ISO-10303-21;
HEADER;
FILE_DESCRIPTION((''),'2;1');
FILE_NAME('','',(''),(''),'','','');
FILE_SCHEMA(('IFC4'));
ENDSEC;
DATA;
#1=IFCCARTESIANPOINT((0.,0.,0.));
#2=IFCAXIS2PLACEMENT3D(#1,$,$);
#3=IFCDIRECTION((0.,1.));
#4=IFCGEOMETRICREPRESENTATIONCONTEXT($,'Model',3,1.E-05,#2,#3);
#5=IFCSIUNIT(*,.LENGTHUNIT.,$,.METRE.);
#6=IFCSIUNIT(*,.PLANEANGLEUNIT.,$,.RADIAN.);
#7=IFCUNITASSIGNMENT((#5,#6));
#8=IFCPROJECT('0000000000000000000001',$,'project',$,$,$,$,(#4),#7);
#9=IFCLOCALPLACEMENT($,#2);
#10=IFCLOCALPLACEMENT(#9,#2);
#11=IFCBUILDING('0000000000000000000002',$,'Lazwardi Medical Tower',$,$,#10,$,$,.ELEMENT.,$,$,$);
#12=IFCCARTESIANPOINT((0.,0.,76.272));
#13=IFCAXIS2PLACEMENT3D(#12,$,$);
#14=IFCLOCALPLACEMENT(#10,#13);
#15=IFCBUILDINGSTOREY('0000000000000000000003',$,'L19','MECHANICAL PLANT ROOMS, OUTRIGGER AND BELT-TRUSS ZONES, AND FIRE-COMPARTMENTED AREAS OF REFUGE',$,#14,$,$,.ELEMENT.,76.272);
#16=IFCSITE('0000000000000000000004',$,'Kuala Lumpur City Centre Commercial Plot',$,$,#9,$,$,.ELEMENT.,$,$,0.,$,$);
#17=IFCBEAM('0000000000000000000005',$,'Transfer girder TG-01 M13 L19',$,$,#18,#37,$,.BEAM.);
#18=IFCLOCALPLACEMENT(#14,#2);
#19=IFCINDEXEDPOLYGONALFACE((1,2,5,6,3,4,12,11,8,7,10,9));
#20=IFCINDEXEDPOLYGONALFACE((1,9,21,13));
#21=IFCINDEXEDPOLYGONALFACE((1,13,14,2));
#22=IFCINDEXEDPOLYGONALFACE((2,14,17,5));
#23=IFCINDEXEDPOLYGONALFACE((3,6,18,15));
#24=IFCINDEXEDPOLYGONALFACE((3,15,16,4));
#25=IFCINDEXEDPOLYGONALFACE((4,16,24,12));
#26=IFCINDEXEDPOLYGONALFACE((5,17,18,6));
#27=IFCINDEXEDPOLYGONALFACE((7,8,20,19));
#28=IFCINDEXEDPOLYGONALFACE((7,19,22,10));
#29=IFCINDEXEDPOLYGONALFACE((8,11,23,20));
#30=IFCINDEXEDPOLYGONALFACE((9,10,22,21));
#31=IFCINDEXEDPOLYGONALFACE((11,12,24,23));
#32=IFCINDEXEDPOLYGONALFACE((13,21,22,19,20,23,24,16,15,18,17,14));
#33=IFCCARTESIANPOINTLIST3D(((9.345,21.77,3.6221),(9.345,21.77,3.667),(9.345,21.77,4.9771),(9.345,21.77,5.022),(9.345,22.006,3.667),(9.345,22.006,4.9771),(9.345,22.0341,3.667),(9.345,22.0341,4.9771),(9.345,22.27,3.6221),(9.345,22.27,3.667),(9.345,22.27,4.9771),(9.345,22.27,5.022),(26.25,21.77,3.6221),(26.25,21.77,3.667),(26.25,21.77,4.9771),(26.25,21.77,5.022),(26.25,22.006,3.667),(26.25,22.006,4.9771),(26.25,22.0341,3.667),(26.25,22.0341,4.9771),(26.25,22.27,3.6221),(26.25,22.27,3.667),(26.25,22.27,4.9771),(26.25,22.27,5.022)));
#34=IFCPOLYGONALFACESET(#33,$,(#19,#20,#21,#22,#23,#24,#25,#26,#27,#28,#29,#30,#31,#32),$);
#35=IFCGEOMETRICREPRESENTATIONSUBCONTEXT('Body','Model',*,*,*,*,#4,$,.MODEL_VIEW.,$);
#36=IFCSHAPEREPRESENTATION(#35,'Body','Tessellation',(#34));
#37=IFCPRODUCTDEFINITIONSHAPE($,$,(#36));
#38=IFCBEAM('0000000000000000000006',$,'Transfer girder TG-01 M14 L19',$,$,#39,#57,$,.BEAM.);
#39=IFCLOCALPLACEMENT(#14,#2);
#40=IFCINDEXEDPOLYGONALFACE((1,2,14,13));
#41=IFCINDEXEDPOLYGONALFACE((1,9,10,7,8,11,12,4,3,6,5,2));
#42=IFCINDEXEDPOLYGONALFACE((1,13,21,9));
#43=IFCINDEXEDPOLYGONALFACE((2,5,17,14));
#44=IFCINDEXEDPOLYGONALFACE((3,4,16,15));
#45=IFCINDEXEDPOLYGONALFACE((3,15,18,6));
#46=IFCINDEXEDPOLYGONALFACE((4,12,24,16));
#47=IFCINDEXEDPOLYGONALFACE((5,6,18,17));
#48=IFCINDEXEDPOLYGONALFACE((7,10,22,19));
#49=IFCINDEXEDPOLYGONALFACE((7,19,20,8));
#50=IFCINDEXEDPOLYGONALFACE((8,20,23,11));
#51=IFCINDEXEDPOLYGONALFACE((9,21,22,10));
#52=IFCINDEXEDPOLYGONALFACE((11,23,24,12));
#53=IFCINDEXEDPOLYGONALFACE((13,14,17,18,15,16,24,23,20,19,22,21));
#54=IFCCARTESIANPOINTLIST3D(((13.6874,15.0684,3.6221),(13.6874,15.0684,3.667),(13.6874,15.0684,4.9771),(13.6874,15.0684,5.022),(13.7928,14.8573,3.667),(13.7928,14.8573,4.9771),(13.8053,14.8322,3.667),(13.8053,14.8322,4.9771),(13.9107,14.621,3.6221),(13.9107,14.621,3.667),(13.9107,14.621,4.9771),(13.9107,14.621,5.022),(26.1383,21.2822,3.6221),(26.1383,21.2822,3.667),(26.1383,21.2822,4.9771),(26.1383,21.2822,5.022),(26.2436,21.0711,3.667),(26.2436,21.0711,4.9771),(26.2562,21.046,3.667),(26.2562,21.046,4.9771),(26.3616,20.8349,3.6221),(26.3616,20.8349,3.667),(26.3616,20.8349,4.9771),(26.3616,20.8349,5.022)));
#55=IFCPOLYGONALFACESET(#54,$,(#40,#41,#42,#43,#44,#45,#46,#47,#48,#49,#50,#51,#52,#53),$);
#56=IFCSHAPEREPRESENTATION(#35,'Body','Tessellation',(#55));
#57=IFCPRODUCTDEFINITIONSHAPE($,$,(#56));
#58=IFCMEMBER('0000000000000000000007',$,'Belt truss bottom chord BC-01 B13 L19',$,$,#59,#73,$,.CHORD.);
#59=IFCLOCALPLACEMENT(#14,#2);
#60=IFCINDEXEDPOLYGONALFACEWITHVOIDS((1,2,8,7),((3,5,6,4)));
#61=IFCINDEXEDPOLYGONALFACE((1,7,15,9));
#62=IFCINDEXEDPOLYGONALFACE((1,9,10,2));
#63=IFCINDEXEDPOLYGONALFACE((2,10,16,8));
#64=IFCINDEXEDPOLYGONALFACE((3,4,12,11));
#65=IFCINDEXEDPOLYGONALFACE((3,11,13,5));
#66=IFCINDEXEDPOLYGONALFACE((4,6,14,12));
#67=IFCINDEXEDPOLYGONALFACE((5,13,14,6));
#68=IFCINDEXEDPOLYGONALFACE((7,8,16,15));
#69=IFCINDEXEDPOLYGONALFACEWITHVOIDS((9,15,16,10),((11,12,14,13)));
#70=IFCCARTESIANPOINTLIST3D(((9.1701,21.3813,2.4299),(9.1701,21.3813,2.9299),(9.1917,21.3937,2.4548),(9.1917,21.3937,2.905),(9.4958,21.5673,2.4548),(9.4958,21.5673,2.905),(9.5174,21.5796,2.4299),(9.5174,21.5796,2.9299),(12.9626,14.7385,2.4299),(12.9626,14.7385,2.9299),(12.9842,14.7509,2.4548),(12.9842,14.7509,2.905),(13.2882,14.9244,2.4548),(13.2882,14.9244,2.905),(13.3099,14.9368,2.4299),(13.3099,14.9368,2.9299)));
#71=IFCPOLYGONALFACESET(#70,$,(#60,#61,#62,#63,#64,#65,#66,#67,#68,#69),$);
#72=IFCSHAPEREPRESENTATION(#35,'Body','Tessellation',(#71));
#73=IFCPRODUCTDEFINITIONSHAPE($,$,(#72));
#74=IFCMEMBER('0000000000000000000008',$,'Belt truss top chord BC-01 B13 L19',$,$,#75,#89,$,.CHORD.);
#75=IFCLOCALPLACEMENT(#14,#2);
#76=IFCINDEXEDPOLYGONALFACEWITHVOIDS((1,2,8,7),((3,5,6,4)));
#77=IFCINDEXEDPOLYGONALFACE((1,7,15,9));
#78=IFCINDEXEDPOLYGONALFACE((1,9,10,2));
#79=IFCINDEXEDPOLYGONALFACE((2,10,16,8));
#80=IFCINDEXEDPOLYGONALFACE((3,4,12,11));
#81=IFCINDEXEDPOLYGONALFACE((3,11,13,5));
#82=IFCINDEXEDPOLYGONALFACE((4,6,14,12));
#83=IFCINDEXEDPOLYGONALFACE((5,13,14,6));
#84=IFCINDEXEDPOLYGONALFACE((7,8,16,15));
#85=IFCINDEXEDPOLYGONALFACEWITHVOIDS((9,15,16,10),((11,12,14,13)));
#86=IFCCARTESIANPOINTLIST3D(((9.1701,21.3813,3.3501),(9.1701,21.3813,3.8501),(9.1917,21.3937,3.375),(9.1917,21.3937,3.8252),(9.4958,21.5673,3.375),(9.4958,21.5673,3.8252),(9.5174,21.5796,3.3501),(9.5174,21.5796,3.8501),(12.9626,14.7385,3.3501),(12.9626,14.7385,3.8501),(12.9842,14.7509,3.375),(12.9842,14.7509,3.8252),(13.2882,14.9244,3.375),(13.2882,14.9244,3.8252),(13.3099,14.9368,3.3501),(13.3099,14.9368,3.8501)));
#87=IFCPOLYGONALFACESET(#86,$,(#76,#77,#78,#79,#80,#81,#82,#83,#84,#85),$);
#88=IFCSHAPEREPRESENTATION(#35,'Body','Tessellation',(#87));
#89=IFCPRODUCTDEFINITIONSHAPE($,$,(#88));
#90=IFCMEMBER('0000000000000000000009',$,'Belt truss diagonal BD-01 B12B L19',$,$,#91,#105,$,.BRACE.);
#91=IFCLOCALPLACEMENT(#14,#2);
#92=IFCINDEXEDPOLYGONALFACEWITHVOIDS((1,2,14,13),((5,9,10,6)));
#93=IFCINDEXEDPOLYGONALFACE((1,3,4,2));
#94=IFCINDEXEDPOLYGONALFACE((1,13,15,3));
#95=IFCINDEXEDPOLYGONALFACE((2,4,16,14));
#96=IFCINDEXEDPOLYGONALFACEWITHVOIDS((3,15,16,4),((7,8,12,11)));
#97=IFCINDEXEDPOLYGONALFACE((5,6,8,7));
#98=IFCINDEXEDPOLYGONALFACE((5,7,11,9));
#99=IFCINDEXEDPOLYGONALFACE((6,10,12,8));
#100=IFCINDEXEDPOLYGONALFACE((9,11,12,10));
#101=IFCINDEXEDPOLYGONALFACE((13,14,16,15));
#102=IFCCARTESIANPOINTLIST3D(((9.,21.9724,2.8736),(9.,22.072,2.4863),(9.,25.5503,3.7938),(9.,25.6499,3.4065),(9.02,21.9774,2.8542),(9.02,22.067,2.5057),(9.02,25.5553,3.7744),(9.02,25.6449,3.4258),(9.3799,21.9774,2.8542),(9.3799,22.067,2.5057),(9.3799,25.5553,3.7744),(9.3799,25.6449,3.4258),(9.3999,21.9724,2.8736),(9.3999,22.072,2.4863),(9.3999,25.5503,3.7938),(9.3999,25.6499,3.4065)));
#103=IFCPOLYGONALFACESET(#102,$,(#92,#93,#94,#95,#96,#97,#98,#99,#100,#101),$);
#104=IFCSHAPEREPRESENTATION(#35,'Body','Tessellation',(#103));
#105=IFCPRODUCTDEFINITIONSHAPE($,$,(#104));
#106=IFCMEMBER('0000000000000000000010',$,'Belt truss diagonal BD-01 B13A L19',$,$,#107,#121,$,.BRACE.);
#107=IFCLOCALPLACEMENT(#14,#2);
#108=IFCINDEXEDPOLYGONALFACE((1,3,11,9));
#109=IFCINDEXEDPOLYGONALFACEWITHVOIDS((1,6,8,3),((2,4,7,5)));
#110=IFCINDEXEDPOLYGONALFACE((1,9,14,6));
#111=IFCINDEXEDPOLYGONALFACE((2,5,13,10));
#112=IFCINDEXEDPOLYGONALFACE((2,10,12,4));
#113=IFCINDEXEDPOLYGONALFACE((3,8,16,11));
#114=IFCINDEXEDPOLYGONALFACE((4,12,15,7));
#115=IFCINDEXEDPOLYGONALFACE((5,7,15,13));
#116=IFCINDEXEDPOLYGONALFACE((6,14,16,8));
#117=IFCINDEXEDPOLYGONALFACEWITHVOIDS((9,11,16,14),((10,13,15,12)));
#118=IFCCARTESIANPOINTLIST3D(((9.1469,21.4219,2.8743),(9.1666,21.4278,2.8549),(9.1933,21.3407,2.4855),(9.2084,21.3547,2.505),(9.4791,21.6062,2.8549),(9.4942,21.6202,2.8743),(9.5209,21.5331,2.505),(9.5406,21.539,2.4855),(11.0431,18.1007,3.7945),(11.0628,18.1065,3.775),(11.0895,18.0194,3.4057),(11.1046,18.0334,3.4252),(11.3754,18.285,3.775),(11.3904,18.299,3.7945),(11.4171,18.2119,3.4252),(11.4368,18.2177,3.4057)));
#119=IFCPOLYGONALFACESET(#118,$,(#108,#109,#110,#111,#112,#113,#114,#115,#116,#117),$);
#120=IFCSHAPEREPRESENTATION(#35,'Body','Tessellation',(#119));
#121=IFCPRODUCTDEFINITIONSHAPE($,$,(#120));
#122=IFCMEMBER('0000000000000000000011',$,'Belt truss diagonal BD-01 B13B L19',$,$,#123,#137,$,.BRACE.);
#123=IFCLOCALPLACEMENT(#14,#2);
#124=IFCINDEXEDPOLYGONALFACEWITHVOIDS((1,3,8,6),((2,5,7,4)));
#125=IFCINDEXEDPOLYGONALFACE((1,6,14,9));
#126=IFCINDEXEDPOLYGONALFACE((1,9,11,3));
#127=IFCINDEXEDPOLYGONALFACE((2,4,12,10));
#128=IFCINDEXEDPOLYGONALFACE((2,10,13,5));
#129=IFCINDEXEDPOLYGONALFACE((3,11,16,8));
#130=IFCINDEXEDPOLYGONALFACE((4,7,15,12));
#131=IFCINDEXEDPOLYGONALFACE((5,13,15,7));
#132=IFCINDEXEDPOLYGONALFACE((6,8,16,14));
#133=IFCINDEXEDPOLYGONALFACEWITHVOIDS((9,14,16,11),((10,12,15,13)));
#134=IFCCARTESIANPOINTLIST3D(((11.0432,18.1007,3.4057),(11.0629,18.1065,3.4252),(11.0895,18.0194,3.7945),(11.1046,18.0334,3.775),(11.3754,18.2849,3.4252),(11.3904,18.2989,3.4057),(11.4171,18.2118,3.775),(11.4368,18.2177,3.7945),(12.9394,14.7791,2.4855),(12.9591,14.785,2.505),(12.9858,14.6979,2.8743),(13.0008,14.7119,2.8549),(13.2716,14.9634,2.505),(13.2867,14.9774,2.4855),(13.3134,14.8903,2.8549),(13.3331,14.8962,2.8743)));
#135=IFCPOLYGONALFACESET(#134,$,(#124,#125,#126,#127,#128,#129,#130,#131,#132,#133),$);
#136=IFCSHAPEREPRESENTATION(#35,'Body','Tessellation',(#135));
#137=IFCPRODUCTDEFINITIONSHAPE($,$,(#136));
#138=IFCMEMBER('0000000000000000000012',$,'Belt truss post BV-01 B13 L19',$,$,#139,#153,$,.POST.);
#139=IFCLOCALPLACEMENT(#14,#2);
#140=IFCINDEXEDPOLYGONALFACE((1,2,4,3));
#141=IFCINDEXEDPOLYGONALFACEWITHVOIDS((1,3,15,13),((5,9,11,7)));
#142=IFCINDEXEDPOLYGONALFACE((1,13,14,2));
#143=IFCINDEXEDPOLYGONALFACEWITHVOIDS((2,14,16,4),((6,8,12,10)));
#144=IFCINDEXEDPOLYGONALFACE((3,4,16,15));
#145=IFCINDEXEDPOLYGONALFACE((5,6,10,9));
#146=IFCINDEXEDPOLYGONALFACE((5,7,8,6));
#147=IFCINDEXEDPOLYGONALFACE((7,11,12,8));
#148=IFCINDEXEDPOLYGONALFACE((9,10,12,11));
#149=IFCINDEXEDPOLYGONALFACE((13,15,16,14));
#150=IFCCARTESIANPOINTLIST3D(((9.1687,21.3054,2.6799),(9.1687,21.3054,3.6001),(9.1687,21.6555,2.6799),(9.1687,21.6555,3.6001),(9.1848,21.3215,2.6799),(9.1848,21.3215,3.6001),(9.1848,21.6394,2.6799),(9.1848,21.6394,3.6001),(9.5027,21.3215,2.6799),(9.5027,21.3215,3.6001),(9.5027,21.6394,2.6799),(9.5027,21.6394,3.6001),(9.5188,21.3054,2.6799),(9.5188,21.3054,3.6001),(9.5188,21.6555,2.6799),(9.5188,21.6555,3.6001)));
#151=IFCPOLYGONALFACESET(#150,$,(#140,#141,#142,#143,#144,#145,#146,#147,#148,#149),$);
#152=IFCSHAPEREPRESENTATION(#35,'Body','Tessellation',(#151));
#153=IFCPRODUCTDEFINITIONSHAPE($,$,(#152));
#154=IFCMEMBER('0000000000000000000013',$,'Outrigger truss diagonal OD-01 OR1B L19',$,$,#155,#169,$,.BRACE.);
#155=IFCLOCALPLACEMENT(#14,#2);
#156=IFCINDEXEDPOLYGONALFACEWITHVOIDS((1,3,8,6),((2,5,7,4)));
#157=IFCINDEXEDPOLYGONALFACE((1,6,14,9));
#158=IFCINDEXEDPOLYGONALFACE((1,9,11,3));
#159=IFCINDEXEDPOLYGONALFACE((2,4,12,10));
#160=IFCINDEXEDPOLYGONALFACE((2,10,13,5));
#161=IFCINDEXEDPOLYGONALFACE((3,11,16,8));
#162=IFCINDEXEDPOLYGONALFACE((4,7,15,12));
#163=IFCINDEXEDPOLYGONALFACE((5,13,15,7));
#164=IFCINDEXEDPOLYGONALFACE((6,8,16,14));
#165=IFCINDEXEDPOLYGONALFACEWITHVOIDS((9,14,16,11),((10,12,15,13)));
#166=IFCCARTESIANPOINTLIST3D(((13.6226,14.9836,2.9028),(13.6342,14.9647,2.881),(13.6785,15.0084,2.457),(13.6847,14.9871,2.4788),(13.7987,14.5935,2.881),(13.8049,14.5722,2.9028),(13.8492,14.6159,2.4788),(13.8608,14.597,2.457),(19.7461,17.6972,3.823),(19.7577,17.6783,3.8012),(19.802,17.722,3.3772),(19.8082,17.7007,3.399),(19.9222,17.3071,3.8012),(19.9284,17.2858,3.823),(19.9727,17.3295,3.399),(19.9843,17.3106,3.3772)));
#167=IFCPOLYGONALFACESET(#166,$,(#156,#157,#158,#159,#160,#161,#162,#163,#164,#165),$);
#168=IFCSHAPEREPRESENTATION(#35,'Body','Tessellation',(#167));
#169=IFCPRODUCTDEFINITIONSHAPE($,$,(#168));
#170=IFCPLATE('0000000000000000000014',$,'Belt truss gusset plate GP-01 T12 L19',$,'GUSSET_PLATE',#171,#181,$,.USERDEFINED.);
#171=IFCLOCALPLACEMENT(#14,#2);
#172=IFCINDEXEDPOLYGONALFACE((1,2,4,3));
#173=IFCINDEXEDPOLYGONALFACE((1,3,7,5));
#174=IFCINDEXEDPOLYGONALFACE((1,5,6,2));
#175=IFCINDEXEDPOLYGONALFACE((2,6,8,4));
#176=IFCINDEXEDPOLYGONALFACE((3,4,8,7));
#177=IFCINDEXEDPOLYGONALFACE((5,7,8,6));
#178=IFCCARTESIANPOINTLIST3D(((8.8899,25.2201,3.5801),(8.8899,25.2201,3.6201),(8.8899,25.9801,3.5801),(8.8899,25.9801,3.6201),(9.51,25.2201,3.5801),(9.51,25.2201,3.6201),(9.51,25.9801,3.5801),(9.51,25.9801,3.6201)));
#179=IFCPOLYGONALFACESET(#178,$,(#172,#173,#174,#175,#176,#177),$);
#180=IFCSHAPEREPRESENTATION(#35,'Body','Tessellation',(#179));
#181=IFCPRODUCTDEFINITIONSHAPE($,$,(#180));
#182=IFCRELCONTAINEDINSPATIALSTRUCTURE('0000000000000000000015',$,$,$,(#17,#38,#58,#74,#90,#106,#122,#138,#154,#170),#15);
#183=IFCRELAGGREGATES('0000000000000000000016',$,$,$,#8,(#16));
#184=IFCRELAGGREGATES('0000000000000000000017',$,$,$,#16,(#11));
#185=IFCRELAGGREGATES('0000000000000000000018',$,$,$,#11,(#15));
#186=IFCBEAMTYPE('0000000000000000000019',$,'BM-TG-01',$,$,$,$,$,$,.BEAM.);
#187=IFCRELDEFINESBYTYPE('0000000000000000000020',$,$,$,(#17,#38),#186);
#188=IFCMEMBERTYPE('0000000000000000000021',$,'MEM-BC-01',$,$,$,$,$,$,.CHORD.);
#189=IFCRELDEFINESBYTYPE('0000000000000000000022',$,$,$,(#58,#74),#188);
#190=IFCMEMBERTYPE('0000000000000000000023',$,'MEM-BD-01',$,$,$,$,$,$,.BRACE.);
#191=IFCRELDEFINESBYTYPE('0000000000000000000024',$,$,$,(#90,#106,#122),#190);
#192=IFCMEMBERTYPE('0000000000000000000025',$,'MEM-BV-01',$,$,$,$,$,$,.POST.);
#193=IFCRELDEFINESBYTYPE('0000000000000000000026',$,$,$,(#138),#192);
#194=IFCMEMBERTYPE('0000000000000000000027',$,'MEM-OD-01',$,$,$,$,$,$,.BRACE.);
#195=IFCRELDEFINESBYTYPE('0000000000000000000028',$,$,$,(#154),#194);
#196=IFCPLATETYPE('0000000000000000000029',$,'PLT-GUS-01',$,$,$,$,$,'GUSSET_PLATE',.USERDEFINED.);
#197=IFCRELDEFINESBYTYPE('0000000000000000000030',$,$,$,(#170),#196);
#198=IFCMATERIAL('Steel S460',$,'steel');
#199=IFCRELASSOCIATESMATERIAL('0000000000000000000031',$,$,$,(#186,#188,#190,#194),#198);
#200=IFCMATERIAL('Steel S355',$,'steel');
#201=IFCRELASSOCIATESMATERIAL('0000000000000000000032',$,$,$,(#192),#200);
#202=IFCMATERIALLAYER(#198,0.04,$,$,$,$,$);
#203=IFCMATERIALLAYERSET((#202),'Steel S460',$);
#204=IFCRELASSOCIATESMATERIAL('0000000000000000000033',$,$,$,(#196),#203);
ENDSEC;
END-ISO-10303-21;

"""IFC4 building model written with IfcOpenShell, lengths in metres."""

from ifc_helpers import new_model, si_unit, direction, frame, origin, origin_2d, place, context, subcontext, project, spatial, rectangle, hollow_rectangle, i_section, extrude, material, layer, layer_set, material_profile, profile_set, type_object, element, save


model = new_model("IFC4")

# Units and contexts
model_context = context("Model", 3, precision=1e-05, world=origin(), true_north=direction((0.0, 1.0)))
body_context = subcontext(model_context, "Body", "Model", "MODEL_VIEW")
ifc_project = project(units=[si_unit("LENGTHUNIT", "METRE"), si_unit("PLANEANGLEUNIT", "RADIAN")], contexts=[model_context])

# Site, building, storey
site_placement = place(None, origin())
site = spatial("IfcSite", under=ifc_project, at=site_placement, Name="Kuala Lumpur City Centre Commercial Plot", CompositionType="ELEMENT", RefElevation=0.0)
building_placement = place(site_placement, origin())
building = spatial("IfcBuilding", under=site, at=building_placement, Name="Lazwardi Medical Tower", CompositionType="ELEMENT")
storey_placement = place(building_placement, frame((0.0, 0.0, 76.272)))
storey = spatial("IfcBuildingStorey", under=building, at=storey_placement, Name="L19", Description="MECHANICAL PLANT ROOMS, OUTRIGGER AND BELT-TRUSS ZONES, AND FIRE-COMPARTMENTED AREAS OF REFUGE", CompositionType="ELEMENT", Elevation=76.272)

# Beams
ifc_material_1 = material(Name="Steel S460", Category="steel")
ifc_material_2 = material(Name="Steel S355", Category="steel")
ifc_material_profile_1 = material_profile(ifc_material_1, i_section(OverallWidth=0.5, OverallDepth=1.3999, WebThickness=0.0281, FlangeThickness=0.0449, at=origin_2d()), Name="PG 1400x500")
ifc_profile_set_1 = profile_set([ifc_material_profile_1], Name="Steel S460")
beam_type_1 = type_object("IfcBeamType", Name="BM-TG-01", PredefinedType="BEAM", material=ifc_profile_set_1)
beam_1_placement = place(storey_placement, frame((9.345, 22.02, 4.322), z_axis=(1.0, 0.0, 0.0), x_axis=(0.0, 1.0, 0.0)))
element("IfcBeam", 1, at=beam_1_placement, inside=storey, type_object=beam_type_1, Name="Transfer girder TG-01 M13 L19", PredefinedType="BEAM", context=body_context, shape_type="SweptSolid", body=[
    extrude(i_section(OverallWidth=0.5, OverallDepth=1.3999, WebThickness=0.0281, FlangeThickness=0.0449, at=origin_2d()), origin(), (0.0, 0.0, 1.0), 16.905),
])
beam_2_placement = place(storey_placement, frame((13.7991, 14.8447, 4.322), z_axis=(0.89476, 0.446547, 0.0), x_axis=(-0.446547, 0.89476, 0.0)))
element("IfcBeam", 2, at=beam_2_placement, inside=storey, type_object=beam_type_1, Name="Transfer girder TG-01 M14 L19", PredefinedType="BEAM", context=body_context, shape_type="SweptSolid", body=[
    extrude(i_section(OverallWidth=0.5, OverallDepth=1.3999, WebThickness=0.0281, FlangeThickness=0.0449, at=origin_2d()), origin(), (0.0, 0.0, 1.0), 13.9153),
])

# Members
ifc_material_profile_2 = material_profile(ifc_material_1, hollow_rectangle(XDim=0.3999, YDim=0.5, WallThickness=0.0249, at=origin_2d()), Name="RHS 500x400x25")
ifc_profile_set_2 = profile_set([ifc_material_profile_2], Name="Steel S460")
member_type_1 = type_object("IfcMemberType", Name="MEM-BC-01", PredefinedType="CHORD", material=ifc_profile_set_2)
for number, where, z_axis, x_axis, name in (
    (3, (9.3438, 21.4805, 2.6799), (0.495802, -0.868436, 0.0), (0.868436, 0.495802, 0.0), "Belt truss bottom chord BC-01 B13 L19"),
    (4, (9.3438, 21.4805, 3.6001), (0.495802, -0.868436, 0.0), (0.868436, 0.495802, 0.0), "Belt truss top chord BC-01 B13 L19"),
):
    element("IfcMember", number, at=place(storey_placement, frame(where, z_axis=z_axis, x_axis=x_axis)), inside=storey, type_object=member_type_1, Name=name, PredefinedType="CHORD", context=body_context, shape_type="SweptSolid", body=[
        extrude(hollow_rectangle(XDim=0.3999, YDim=0.5, WallThickness=0.0249, at=origin_2d()), origin(), (0.0, 0.0, 1.0), 7.6492),
    ])
ifc_material_profile_3 = material_profile(ifc_material_1, hollow_rectangle(XDim=0.3999, YDim=0.3999, WallThickness=0.02, at=origin_2d()), Name="RHS 400x400x20")
ifc_profile_set_3 = profile_set([ifc_material_profile_3], Name="Steel S460")
member_type_2 = type_object("IfcMemberType", Name="MEM-BD-01", PredefinedType="BRACE", material=ifc_profile_set_3)
member_1_placement = place(storey_placement, frame((9.2, 22.0222, 2.6799), z_axis=(0.0, 0.968484, 0.249076), x_axis=(-1.0, 0.0, 0.0)))
element("IfcMember", 5, at=member_1_placement, inside=storey, type_object=member_type_2, Name="Belt truss diagonal BD-01 B12B L19", PredefinedType="BRACE", context=body_context, shape_type="SweptSolid", body=[
    extrude(hollow_rectangle(XDim=0.3999, YDim=0.3999, WallThickness=0.02, at=origin_2d()), origin(), (0.0, 0.0, 1.0), 3.6943),
])
member_2_placement = place(storey_placement, frame((9.3438, 21.4805, 2.6799), z_axis=(0.482059, -0.844333, 0.233923), x_axis=(0.868428, 0.495816, 0.0)))
element("IfcMember", 6, at=member_2_placement, inside=storey, type_object=member_type_2, Name="Belt truss diagonal BD-01 B13A L19", PredefinedType="BRACE", context=body_context, shape_type="SweptSolid", body=[
    extrude(hollow_rectangle(XDim=0.3999, YDim=0.3999, WallThickness=0.02, at=origin_2d()), origin(), (0.0, 0.0, 1.0), 3.9336),
])
member_3_placement = place(storey_placement, frame((13.1362, 14.8376, 2.6799), z_axis=(-0.482034, 0.844351, 0.233911), x_axis=(-0.868443, -0.495788, 0.0)))
element("IfcMember", 7, at=member_3_placement, inside=storey, type_object=member_type_2, Name="Belt truss diagonal BD-01 B13B L19", PredefinedType="BRACE", context=body_context, shape_type="SweptSolid", body=[
    extrude(hollow_rectangle(XDim=0.3999, YDim=0.3999, WallThickness=0.02, at=origin_2d()), origin(), (0.0, 0.0, 1.0), 3.9338),
])
ifc_material_profile_4 = material_profile(ifc_material_2, hollow_rectangle(XDim=0.3501, YDim=0.3501, WallThickness=0.0161, at=origin_2d()), Name="RHS 350x350x16")
ifc_profile_set_4 = profile_set([ifc_material_profile_4], Name="Steel S355")
member_type_3 = type_object("IfcMemberType", Name="MEM-BV-01", PredefinedType="POST", material=ifc_profile_set_4)
member_4_placement = place(storey_placement, frame((9.3438, 21.4805, 2.6799), z_axis=(0.0, 0.0, 1.0), x_axis=(1.0, 0.0, 0.0)))
element("IfcMember", 8, at=member_4_placement, inside=storey, type_object=member_type_3, Name="Belt truss post BV-01 B13 L19", PredefinedType="POST", context=body_context, shape_type="SweptSolid", body=[
    extrude(hollow_rectangle(XDim=0.3501, YDim=0.3501, WallThickness=0.0161, at=origin_2d()), origin(), (0.0, 0.0, 1.0), 0.9202),
])
ifc_material_profile_5 = material_profile(ifc_material_1, hollow_rectangle(XDim=0.45, YDim=0.45, WallThickness=0.022, at=origin_2d()), Name="RHS 450x450x22")
ifc_profile_set_5 = profile_set([ifc_material_profile_5], Name="Steel S460")
member_type_4 = type_object("IfcMemberType", Name="MEM-OD-01", PredefinedType="BRACE", material=ifc_profile_set_5)
member_5_placement = place(storey_placement, frame((13.7417, 14.7903, 2.6799), z_axis=(0.905744, 0.401377, 0.136104), x_axis=(-0.405147, 0.914251, 0.0)))
element("IfcMember", 9, at=member_5_placement, inside=storey, type_object=member_type_4, Name="Outrigger truss diagonal OD-01 OR1B L19", PredefinedType="BRACE", context=body_context, shape_type="SweptSolid", body=[
    extrude(hollow_rectangle(XDim=0.45, YDim=0.45, WallThickness=0.022, at=origin_2d()), origin(), (0.0, 0.0, 1.0), 6.7607),
])

# Plate
ifc_layer_1 = layer(ifc_material_1, 0.04)
ifc_layer_set_1 = layer_set([ifc_layer_1], Name="Steel S460")
plate_type = type_object("IfcPlateType", Name="PLT-GUS-01", ElementType="GUSSET_PLATE", PredefinedType="USERDEFINED", material=ifc_layer_set_1)
for number, where, z_axis, x_axis, name in (
    (10, (9.2, 25.6001, 3.5801), (0.0, 0.0, 1.0), (0.0, -1.0, 0.0), "Belt truss gusset plate GP-01 T12 L19"),
):
    element("IfcPlate", number, at=place(storey_placement, frame(where, z_axis=z_axis, x_axis=x_axis)), inside=storey, type_object=plate_type, Name=name, ObjectType="GUSSET_PLATE", PredefinedType="USERDEFINED", context=body_context, shape_type="SweptSolid", body=[
        extrude(rectangle(XDim=0.76, YDim=0.6201, at=origin_2d()), origin(), (0.0, 0.0, 1.0), 0.04),
    ])

save(model, "model.ifc")
